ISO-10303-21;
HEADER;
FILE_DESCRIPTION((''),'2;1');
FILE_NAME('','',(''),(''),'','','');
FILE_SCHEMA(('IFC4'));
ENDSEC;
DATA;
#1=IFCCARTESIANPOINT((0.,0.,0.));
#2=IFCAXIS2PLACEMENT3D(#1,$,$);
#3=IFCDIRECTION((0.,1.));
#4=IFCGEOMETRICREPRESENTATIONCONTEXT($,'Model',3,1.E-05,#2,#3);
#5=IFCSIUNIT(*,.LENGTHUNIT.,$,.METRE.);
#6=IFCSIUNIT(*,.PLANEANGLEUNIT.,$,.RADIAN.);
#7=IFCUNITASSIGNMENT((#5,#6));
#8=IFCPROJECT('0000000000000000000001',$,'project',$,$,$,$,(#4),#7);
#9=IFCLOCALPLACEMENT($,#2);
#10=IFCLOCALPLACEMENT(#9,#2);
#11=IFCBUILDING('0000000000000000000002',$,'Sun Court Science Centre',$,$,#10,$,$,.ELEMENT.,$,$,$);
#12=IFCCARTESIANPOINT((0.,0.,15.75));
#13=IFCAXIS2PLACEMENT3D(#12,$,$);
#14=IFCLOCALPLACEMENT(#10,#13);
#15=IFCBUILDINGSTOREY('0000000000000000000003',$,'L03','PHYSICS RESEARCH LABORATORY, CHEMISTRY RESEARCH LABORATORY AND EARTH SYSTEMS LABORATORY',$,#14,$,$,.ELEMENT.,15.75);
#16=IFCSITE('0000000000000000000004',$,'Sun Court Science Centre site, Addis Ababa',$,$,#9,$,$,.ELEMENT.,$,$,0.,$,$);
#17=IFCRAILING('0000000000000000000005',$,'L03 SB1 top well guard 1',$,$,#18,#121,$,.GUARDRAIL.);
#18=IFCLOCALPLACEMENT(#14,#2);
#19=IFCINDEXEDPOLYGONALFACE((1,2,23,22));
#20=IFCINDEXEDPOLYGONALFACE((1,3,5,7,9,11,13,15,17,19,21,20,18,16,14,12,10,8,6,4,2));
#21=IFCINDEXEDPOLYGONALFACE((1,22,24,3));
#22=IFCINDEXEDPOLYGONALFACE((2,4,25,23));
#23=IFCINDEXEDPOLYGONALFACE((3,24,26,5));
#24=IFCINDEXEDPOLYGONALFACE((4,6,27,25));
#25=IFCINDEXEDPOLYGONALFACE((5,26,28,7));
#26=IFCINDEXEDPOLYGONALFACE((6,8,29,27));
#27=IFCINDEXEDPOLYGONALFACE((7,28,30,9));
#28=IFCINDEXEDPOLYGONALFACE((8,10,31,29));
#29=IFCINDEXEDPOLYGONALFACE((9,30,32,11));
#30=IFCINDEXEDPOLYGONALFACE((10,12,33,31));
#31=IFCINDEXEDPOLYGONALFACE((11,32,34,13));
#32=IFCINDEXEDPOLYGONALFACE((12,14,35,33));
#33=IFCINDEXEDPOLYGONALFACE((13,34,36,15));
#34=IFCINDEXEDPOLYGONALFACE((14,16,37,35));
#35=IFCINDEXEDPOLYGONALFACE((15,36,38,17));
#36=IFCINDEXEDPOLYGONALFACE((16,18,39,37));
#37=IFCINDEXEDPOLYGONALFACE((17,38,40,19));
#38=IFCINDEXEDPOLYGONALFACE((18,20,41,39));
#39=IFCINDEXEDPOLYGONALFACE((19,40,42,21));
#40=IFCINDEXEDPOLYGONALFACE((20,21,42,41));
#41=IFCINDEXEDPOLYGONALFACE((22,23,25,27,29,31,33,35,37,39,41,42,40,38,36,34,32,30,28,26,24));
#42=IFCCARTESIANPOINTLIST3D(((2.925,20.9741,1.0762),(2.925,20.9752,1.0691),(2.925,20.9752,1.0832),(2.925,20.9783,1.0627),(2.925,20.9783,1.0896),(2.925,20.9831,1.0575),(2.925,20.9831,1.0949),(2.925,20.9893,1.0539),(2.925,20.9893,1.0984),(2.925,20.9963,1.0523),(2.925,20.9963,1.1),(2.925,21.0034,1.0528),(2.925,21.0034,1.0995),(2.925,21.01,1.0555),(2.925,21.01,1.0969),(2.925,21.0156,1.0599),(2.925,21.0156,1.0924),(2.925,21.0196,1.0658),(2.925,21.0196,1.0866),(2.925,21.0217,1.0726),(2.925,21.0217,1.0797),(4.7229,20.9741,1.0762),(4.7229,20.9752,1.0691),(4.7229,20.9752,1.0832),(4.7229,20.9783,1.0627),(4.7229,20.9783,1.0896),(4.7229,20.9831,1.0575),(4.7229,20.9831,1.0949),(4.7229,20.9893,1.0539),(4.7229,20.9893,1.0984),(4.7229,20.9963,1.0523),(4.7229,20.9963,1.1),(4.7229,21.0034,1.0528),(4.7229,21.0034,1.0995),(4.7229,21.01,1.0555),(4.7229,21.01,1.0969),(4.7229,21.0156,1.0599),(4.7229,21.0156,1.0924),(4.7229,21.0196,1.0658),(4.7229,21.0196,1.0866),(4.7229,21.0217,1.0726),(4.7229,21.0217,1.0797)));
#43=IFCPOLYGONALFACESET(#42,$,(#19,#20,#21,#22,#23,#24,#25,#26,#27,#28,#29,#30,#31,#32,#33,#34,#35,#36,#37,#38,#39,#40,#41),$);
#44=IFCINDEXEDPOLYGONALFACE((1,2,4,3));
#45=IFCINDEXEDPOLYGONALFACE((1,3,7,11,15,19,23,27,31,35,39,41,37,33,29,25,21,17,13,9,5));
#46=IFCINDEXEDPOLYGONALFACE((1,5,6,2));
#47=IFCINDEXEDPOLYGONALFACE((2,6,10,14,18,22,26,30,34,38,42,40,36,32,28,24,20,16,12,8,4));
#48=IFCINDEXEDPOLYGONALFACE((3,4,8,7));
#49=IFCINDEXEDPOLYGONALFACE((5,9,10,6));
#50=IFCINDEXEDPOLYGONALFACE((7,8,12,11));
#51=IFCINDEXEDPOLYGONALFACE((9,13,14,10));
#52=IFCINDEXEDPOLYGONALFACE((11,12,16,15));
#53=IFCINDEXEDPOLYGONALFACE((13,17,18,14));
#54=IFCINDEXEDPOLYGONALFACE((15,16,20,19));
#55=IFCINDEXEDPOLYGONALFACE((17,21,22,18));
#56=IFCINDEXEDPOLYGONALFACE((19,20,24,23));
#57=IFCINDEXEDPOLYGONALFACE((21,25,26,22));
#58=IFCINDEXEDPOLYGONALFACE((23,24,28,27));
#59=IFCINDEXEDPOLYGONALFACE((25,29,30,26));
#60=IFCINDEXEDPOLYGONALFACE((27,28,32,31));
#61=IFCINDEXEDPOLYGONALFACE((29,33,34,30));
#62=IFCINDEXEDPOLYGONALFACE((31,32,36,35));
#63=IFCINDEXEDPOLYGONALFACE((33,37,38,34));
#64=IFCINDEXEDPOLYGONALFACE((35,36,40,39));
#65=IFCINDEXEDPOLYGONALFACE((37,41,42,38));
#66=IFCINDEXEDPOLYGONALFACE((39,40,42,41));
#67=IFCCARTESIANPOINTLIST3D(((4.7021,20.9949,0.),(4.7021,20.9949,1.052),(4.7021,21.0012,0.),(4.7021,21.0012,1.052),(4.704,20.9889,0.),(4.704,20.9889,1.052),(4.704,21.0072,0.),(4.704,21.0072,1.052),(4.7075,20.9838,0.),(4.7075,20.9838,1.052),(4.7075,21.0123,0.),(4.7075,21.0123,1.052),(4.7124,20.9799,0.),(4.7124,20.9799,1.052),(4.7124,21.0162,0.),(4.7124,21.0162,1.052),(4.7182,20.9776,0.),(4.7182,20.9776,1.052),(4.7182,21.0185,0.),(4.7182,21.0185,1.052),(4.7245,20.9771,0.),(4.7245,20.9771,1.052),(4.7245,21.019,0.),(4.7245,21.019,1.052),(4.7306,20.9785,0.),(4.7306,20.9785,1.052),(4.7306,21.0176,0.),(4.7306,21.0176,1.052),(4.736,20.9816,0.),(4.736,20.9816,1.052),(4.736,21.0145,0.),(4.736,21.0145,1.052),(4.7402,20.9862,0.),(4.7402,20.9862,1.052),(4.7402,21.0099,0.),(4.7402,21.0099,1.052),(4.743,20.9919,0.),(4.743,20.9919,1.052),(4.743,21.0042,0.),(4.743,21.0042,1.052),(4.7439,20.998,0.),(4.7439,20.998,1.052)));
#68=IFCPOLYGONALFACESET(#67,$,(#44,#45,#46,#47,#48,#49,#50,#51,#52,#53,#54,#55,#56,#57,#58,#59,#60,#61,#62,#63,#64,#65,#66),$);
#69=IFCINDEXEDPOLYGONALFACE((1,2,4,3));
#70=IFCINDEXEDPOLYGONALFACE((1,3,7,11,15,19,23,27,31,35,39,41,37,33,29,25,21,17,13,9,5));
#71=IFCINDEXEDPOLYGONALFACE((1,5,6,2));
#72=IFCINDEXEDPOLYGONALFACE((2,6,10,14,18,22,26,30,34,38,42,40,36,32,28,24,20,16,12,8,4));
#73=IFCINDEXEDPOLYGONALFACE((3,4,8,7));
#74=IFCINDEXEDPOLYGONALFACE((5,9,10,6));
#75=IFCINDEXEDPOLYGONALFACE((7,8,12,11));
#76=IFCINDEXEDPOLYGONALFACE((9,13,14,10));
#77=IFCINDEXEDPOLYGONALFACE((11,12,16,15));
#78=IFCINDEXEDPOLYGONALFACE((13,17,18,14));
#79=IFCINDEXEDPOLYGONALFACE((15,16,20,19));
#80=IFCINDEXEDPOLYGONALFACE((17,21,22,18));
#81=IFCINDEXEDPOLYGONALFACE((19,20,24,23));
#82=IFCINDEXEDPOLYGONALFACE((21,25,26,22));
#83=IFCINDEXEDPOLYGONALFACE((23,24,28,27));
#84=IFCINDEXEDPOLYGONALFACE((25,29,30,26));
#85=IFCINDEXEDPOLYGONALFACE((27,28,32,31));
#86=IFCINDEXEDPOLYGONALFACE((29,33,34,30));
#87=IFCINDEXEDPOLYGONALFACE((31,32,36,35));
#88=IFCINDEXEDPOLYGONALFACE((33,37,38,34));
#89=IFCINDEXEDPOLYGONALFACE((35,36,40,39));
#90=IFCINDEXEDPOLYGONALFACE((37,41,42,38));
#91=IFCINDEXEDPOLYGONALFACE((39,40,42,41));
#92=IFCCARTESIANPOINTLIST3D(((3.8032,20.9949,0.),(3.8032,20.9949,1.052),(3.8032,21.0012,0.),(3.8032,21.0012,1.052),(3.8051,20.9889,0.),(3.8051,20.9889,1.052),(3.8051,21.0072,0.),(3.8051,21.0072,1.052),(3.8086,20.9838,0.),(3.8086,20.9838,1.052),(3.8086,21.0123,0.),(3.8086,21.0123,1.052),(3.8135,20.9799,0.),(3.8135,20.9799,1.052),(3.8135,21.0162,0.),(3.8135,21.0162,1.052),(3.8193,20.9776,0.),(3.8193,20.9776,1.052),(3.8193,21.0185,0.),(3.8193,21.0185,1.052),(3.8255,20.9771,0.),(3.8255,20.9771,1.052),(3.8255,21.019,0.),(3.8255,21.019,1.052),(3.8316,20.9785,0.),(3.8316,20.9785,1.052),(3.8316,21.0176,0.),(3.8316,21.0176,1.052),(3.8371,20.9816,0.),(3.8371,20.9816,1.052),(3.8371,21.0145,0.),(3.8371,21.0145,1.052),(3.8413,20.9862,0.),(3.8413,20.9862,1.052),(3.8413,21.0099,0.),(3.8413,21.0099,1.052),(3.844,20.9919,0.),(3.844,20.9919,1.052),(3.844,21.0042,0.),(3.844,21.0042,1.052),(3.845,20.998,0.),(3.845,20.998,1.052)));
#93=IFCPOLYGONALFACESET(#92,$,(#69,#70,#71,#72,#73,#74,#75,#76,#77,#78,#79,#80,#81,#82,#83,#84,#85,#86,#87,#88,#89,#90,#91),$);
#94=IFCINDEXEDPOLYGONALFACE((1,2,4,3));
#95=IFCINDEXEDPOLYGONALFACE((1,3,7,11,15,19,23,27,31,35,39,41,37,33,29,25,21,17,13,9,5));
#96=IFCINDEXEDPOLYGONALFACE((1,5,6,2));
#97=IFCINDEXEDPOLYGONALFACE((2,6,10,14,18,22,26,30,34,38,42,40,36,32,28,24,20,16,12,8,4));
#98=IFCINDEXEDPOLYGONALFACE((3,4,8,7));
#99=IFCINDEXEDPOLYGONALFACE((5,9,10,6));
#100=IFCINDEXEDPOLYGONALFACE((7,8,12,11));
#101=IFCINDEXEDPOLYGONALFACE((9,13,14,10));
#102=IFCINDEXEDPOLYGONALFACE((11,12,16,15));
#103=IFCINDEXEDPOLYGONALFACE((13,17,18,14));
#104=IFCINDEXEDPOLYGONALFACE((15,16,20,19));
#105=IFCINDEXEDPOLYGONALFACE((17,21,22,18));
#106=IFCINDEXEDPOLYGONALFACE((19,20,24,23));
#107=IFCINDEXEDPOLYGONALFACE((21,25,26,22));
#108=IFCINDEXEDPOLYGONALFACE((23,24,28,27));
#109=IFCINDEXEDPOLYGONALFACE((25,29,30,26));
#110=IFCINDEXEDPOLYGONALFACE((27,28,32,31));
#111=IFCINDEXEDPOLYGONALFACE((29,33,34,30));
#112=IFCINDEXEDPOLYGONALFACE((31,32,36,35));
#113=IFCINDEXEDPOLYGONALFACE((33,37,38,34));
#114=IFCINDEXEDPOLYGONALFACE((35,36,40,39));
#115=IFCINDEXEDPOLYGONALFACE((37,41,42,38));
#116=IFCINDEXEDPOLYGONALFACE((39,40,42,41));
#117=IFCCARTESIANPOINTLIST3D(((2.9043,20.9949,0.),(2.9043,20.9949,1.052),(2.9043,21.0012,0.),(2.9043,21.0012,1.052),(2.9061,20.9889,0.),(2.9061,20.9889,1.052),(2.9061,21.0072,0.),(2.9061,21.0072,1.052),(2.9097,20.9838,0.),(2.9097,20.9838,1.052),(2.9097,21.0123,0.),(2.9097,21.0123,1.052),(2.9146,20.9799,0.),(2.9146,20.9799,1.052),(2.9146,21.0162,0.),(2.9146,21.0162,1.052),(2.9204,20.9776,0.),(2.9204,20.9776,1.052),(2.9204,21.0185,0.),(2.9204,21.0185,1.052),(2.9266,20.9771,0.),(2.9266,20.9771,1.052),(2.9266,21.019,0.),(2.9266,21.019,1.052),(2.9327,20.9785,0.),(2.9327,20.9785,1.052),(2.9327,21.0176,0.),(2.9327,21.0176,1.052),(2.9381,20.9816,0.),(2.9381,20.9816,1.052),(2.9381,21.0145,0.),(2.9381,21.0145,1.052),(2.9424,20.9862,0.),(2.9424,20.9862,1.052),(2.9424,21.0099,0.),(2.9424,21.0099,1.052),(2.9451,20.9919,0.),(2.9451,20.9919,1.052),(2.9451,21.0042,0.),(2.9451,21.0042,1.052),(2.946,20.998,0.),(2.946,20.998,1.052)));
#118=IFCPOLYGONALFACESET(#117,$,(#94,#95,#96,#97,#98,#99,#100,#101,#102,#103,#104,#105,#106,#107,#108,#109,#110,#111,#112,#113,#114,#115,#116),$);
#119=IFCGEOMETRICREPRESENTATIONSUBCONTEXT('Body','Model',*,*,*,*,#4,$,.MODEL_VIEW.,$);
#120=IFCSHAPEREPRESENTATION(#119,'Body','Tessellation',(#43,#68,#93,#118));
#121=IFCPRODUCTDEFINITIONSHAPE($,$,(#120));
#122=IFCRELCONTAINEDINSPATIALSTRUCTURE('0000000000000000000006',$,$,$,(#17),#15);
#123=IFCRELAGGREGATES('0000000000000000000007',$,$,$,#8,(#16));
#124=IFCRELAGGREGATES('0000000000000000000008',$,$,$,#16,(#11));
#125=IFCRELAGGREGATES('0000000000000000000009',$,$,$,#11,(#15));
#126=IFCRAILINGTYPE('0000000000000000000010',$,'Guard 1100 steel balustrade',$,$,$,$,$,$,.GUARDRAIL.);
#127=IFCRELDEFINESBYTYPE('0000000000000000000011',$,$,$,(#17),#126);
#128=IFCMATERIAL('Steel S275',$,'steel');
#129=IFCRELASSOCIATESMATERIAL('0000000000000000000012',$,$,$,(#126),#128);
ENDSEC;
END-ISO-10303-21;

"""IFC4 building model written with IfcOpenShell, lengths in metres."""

from ifc_helpers import new_model, si_unit, direction, frame, origin, origin_2d, place, context, subcontext, project, spatial, circle, extrude, material, type_object, element, save


model = new_model("IFC4")

# Units and contexts
model_context = context("Model", 3, precision=1e-05, world=origin(), true_north=direction((0.0, 1.0)))
body_context = subcontext(model_context, "Body", "Model", "MODEL_VIEW")
ifc_project = project(units=[si_unit("LENGTHUNIT", "METRE"), si_unit("PLANEANGLEUNIT", "RADIAN")], contexts=[model_context])

# Site, building, storey
site_placement = place(None, origin())
site = spatial("IfcSite", under=ifc_project, at=site_placement, Name="Sun Court Science Centre site, Addis Ababa", CompositionType="ELEMENT", RefElevation=0.0)
building_placement = place(site_placement, origin())
building = spatial("IfcBuilding", under=site, at=building_placement, Name="Sun Court Science Centre", CompositionType="ELEMENT")
storey_placement = place(building_placement, frame((0.0, 0.0, 15.75)))
storey = spatial("IfcBuildingStorey", under=building, at=storey_placement, Name="L03", Description="PHYSICS RESEARCH LABORATORY, CHEMISTRY RESEARCH LABORATORY AND EARTH SYSTEMS LABORATORY", CompositionType="ELEMENT", Elevation=15.75)

# Railing
ifc_material_1 = material(Name="Steel S275", Category="steel")
railing_type = type_object("IfcRailingType", Name="Guard 1100 steel balustrade", PredefinedType="GUARDRAIL", material=ifc_material_1)
railing_placement = place(storey_placement, frame((4.7229, 20.998, 0.0)))
element("IfcRailing", 1, at=railing_placement, inside=storey, type_object=railing_type, Name="L03 SB1 top well guard 1", PredefinedType="GUARDRAIL", context=body_context, shape_type="SweptSolid", body=[
    extrude(circle(Radius=0.0239, at=origin_2d()), frame((0.0, 0.0, 1.0762), z_axis=(-1.0, 0.0, 0.0), x_axis=(0.0, -1.0, 0.0)), (0.0, 0.0, 1.0), 1.7979),
    extrude(circle(Radius=0.021, at=origin_2d()), origin(), (0.0, 0.0, 1.0), 1.052),
    extrude(circle(Radius=0.021, at=origin_2d()), frame((-0.8989, 0.0, 0.0)), (0.0, 0.0, 1.0), 1.052),
    extrude(circle(Radius=0.021, at=origin_2d()), frame((-1.7979, 0.0, 0.0)), (0.0, 0.0, 1.0), 1.052),
])

save(model, "model.ifc")
